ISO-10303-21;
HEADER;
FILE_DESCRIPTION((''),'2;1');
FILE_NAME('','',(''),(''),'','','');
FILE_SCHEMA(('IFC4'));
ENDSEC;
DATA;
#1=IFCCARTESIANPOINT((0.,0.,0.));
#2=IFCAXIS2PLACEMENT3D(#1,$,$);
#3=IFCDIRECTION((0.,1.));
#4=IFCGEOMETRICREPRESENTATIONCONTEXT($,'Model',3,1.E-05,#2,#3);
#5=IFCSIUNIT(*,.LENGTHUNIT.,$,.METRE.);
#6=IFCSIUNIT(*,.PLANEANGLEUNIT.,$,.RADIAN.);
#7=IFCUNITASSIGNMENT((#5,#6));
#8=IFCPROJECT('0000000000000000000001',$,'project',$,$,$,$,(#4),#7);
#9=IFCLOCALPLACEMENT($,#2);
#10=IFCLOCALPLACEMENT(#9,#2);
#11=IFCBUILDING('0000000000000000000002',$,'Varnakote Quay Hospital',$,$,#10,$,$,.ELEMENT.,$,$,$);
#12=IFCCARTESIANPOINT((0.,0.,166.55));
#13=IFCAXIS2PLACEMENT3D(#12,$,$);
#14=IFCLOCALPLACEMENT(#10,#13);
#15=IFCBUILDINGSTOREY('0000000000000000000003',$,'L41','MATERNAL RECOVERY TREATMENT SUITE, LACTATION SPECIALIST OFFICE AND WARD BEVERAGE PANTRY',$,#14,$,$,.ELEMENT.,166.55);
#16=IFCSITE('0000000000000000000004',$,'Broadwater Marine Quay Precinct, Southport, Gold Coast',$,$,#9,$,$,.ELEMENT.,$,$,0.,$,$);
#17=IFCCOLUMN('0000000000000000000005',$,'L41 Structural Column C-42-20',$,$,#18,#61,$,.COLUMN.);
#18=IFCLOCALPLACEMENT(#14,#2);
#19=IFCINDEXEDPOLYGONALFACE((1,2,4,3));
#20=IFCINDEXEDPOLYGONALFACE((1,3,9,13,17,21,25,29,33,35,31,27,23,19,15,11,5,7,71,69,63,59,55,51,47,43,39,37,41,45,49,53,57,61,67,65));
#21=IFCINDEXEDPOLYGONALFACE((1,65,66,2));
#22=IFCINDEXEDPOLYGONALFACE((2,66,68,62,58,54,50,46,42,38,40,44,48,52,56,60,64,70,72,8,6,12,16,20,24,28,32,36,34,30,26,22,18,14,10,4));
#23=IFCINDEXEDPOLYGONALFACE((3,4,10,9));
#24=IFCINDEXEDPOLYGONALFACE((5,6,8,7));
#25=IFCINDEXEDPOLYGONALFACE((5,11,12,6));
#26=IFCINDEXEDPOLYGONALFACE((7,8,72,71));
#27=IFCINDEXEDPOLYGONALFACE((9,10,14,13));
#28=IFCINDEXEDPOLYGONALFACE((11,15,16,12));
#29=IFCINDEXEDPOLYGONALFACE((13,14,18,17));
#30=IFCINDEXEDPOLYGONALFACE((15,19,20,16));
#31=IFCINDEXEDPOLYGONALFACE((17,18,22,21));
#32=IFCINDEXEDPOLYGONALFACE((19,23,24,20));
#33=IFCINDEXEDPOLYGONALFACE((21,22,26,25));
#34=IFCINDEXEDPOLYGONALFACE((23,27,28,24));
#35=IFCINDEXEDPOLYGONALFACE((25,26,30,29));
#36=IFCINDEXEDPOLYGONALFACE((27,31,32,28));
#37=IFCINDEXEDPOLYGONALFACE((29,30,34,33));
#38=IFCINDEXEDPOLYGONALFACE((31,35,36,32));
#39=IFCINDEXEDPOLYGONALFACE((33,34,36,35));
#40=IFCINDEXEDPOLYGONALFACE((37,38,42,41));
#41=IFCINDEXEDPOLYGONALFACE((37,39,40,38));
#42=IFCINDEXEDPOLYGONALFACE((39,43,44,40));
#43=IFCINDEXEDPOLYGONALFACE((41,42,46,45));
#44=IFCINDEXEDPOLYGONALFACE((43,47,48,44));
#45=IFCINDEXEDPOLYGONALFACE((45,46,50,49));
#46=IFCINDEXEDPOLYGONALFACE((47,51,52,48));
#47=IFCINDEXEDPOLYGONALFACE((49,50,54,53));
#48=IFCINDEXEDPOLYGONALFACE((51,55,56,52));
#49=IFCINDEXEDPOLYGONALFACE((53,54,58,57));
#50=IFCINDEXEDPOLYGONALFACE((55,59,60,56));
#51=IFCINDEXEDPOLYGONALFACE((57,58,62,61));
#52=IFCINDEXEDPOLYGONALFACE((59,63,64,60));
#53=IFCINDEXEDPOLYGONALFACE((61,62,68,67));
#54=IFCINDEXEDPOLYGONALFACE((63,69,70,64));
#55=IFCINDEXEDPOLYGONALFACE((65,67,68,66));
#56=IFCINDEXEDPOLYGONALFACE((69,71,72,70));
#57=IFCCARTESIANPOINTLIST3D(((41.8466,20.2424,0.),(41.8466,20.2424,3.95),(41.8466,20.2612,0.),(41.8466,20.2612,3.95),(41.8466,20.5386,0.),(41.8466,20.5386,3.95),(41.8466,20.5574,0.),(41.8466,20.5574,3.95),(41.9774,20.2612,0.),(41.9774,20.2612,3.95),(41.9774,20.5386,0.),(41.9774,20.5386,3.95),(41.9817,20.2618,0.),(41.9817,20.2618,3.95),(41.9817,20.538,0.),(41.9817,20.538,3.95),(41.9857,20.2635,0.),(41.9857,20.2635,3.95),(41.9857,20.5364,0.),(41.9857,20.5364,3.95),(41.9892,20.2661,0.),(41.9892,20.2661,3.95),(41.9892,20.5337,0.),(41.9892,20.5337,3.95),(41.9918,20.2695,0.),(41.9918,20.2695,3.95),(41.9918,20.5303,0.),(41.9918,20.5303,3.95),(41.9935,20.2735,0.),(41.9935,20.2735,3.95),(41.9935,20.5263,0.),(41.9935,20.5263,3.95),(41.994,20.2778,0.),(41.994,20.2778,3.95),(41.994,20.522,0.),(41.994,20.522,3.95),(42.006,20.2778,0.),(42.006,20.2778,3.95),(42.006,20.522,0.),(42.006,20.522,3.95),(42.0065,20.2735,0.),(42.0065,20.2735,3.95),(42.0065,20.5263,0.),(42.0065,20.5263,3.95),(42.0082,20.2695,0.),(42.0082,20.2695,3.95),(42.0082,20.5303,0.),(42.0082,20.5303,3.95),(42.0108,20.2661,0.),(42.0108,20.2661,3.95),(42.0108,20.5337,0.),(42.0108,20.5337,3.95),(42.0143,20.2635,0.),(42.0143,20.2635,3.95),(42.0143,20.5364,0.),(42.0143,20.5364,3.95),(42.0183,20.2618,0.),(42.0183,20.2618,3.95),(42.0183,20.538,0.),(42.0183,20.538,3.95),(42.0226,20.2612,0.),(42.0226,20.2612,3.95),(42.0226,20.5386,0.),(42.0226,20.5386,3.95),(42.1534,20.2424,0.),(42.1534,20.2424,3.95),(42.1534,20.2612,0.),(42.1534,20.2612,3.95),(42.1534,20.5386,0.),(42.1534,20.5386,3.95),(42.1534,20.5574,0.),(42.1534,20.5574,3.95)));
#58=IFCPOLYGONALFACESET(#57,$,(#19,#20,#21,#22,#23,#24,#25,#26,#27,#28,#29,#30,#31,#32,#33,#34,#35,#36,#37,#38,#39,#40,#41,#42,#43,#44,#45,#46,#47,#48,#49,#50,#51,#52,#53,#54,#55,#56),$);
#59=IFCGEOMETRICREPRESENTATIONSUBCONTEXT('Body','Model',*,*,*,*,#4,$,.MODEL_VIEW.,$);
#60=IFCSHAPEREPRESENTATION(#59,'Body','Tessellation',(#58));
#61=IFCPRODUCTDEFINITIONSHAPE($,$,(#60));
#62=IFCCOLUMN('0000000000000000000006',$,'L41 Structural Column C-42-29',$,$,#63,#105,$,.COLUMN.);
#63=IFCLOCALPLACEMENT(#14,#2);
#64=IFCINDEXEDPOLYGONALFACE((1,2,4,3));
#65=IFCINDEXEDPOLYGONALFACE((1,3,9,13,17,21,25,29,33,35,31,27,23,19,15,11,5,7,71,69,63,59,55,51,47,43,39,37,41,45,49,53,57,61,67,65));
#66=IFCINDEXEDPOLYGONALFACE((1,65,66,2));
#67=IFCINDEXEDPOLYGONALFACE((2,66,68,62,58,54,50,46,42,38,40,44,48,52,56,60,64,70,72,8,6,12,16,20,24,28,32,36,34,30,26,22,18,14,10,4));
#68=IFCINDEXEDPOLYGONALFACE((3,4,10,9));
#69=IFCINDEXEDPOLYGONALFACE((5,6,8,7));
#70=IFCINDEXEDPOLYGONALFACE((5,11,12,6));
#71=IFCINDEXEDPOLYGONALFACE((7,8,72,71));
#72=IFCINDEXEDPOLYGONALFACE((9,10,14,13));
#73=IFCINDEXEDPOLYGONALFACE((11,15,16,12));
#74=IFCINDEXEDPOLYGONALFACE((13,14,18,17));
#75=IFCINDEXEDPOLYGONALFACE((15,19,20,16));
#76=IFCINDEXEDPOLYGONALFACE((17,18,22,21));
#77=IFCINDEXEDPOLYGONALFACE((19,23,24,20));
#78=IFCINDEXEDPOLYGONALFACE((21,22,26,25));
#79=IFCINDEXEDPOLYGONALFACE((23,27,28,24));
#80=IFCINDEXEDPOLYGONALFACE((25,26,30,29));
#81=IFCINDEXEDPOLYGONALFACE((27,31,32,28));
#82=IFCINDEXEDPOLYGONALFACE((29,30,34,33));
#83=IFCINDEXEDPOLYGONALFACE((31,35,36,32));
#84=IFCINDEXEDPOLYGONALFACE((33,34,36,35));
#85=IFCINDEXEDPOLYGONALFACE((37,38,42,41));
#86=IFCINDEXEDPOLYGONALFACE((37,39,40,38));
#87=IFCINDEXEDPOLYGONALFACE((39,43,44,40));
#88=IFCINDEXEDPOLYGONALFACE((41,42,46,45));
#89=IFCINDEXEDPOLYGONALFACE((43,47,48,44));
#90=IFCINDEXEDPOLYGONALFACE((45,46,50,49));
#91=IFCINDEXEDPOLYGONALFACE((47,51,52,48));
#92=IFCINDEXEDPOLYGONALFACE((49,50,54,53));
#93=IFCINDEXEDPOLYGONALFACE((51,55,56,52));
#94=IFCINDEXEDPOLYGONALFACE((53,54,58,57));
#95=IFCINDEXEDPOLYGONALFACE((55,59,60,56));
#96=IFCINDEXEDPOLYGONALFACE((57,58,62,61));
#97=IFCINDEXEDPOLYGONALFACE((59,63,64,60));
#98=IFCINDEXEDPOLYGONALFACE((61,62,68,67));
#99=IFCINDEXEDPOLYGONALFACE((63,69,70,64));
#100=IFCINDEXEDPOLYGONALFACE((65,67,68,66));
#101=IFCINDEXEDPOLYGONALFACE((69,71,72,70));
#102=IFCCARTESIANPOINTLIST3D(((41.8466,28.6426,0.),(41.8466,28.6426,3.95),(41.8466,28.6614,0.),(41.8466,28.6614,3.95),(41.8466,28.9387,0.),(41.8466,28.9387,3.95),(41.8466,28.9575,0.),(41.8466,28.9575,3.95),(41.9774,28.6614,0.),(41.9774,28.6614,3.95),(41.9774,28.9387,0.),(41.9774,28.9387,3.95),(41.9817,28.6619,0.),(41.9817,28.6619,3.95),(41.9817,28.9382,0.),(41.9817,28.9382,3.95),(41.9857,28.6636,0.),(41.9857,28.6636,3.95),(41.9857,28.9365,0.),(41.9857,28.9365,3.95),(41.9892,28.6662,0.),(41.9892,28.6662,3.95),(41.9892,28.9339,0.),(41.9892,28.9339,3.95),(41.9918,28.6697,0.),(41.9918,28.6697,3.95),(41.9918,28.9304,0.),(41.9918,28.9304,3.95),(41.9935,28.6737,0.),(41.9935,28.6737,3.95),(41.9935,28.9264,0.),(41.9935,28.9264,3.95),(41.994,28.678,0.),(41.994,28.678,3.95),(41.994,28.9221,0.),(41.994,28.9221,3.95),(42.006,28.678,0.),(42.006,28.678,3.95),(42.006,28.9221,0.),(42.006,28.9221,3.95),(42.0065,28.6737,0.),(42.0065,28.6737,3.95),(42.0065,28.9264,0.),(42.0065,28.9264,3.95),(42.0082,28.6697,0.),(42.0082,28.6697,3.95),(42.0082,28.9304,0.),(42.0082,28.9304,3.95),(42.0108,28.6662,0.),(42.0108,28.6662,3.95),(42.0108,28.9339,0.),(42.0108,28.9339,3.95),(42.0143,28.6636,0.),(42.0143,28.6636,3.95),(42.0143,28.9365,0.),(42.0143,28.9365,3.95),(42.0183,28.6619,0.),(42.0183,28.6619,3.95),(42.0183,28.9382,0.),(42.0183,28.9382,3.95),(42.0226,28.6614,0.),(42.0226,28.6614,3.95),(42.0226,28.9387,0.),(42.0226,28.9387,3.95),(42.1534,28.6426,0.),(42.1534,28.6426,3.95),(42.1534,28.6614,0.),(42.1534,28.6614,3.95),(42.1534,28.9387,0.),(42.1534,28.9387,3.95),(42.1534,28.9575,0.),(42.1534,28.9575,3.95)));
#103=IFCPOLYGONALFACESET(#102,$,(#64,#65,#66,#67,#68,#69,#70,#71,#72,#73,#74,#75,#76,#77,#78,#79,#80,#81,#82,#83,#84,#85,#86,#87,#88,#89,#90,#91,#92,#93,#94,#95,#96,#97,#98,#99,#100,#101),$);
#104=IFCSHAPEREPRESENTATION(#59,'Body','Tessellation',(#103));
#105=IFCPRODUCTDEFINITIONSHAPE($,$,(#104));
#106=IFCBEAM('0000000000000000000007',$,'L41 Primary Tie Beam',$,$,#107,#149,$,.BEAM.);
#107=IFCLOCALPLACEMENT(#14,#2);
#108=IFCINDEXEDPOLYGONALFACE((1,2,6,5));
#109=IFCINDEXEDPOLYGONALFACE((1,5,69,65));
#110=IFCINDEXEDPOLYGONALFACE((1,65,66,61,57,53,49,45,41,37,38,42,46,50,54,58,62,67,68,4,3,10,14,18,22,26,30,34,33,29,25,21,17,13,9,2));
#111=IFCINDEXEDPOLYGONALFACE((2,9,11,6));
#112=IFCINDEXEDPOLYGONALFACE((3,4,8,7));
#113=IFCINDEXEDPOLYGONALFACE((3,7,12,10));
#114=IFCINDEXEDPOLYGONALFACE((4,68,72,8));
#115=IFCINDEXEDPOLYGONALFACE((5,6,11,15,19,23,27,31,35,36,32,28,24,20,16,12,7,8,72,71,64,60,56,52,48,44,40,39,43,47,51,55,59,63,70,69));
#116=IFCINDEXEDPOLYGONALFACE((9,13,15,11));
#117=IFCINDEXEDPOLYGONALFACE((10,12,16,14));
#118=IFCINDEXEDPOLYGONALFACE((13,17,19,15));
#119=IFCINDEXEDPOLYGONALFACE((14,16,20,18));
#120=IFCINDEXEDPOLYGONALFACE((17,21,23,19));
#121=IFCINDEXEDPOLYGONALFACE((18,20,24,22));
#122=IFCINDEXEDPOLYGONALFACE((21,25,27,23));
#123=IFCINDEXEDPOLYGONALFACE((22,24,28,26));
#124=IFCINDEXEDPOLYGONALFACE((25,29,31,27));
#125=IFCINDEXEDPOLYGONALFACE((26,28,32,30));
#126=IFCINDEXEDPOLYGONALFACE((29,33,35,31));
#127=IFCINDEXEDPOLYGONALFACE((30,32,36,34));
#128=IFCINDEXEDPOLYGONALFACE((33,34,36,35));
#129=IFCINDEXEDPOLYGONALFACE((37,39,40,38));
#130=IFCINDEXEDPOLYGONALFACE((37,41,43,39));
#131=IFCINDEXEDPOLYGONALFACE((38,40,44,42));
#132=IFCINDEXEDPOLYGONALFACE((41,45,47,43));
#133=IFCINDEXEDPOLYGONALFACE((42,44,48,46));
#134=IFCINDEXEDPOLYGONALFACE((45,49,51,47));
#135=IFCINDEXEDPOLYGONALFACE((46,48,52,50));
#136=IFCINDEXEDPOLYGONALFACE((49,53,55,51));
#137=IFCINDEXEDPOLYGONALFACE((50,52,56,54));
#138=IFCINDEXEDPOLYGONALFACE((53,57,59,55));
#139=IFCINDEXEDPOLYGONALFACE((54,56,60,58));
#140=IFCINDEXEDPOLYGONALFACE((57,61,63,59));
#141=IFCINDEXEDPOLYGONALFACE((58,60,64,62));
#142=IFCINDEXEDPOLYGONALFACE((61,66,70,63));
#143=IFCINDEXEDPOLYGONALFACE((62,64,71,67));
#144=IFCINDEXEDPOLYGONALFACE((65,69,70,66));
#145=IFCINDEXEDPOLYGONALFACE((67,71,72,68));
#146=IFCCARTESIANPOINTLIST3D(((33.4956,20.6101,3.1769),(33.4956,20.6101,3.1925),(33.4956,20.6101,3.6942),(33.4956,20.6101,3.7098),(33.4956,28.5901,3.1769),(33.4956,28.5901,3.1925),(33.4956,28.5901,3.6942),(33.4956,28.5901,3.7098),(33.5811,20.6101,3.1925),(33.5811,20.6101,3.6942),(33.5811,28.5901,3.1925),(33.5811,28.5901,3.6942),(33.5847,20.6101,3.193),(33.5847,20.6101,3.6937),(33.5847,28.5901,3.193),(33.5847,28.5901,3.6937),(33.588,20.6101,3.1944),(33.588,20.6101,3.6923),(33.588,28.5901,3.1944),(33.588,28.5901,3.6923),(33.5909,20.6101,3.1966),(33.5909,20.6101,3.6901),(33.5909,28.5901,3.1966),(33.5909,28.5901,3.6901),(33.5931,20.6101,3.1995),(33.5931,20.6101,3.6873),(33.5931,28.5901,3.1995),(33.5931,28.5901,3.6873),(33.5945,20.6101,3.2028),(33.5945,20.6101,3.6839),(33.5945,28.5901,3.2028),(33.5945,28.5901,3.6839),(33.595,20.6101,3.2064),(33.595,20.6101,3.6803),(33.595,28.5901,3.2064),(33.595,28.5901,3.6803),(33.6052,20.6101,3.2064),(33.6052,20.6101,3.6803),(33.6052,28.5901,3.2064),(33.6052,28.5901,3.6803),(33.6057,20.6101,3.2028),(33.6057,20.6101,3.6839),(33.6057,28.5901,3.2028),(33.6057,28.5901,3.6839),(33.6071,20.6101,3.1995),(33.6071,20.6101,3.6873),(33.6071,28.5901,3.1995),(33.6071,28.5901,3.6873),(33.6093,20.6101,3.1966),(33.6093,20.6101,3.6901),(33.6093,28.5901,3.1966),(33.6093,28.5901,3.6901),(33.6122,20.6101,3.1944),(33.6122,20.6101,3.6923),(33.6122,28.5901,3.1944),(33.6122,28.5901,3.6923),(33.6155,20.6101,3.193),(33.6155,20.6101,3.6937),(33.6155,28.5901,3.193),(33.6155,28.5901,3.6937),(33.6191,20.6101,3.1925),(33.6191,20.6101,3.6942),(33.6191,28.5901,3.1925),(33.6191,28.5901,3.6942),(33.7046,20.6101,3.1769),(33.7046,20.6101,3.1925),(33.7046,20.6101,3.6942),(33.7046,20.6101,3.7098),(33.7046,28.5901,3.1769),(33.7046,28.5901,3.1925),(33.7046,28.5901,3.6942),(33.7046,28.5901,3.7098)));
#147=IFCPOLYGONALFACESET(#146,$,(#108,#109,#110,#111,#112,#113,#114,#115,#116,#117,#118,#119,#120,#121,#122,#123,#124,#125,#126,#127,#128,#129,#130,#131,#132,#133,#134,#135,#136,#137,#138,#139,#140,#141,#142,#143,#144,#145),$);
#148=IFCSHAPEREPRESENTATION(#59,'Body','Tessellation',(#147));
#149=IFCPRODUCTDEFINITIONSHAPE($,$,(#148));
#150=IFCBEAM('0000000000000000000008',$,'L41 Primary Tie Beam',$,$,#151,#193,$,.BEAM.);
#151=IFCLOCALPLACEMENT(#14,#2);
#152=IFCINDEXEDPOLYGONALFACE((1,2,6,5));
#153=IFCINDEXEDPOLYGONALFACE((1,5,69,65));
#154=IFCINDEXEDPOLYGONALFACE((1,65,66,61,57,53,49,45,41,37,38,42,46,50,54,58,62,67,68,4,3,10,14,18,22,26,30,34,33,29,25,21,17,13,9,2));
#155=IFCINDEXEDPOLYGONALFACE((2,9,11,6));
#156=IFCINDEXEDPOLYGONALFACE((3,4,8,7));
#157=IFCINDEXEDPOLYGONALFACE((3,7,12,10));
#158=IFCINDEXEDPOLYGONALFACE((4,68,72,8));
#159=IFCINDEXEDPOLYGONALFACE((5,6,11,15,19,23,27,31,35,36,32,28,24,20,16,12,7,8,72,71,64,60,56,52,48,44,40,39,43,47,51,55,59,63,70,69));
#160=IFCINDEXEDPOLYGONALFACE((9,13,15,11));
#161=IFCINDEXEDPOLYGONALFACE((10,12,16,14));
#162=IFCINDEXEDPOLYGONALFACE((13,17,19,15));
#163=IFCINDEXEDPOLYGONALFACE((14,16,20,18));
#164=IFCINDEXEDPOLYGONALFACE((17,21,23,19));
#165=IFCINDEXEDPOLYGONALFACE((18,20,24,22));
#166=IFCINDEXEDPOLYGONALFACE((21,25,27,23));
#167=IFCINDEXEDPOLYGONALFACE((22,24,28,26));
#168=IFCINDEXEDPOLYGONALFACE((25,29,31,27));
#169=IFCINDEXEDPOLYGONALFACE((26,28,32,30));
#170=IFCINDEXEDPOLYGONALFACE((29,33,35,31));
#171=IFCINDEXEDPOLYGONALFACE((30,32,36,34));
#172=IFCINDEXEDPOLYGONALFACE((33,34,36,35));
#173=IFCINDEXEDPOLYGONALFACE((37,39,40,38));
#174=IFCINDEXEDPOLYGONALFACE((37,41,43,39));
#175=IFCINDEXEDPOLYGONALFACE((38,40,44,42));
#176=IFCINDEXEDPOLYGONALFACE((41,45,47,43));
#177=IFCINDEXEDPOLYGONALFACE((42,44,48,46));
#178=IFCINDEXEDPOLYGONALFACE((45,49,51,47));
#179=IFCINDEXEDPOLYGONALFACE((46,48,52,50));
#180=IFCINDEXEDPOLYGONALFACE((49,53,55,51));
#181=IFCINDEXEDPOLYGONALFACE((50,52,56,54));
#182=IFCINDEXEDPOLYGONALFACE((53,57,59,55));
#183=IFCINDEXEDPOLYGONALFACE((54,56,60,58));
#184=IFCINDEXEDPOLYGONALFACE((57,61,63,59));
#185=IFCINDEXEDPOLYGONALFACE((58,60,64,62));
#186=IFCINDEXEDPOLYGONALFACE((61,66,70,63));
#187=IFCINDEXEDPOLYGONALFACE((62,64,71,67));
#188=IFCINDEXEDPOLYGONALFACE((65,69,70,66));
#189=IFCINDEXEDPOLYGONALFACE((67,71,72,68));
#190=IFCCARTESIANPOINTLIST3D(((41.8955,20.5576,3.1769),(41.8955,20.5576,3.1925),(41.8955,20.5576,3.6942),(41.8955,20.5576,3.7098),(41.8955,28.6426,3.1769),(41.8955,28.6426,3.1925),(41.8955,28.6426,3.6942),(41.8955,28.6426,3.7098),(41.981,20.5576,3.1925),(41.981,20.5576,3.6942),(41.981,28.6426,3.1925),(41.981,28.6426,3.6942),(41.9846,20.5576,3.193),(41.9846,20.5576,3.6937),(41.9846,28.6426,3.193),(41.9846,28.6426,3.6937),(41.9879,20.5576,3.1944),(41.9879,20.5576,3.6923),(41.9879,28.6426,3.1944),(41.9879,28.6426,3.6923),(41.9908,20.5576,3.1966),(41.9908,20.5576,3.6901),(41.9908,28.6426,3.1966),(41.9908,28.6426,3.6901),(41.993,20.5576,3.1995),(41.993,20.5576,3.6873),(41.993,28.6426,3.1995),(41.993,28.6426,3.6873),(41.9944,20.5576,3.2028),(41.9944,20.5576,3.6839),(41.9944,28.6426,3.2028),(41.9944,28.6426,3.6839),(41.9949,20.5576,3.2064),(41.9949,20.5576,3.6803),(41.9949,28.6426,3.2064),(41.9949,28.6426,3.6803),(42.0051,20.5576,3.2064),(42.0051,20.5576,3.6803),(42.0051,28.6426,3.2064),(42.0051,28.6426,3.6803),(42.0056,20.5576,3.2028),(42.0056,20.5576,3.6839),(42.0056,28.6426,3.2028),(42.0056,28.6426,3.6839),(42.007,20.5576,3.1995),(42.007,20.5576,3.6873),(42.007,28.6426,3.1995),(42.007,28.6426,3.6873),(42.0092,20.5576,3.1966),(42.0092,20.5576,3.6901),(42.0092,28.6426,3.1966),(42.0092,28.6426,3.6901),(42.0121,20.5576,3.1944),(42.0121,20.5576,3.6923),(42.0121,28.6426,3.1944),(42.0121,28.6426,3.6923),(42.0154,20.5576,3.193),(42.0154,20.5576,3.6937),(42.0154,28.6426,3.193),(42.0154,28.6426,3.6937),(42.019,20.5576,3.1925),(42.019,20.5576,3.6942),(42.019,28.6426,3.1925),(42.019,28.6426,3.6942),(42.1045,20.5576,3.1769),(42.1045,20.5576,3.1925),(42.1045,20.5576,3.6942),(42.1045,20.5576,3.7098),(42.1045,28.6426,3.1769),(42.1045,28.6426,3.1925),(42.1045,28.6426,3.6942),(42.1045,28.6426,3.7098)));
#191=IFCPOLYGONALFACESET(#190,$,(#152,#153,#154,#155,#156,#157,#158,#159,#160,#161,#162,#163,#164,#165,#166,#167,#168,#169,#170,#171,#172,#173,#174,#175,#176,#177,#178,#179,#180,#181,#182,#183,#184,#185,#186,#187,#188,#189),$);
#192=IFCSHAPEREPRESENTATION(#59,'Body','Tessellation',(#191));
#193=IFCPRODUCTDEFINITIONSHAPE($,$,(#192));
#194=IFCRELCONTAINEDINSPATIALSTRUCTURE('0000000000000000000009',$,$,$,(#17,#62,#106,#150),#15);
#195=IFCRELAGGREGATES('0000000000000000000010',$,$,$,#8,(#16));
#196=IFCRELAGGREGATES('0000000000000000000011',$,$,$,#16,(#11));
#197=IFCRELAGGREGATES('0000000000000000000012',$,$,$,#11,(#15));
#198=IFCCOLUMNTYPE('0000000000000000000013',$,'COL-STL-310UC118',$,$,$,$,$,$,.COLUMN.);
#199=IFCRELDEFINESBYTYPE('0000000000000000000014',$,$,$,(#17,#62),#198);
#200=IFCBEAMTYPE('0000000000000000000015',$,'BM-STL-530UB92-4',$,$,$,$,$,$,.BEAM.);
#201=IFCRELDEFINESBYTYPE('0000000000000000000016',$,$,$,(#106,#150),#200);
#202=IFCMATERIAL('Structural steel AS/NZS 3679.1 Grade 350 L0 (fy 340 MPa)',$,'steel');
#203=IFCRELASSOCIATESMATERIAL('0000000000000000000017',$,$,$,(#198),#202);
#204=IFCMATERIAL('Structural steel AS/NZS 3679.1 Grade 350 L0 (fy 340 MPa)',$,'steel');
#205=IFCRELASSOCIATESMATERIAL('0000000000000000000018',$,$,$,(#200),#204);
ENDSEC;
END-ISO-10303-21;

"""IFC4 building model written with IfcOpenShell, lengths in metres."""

from ifc_helpers import new_model, si_unit, direction, frame, origin, origin_2d, place, context, subcontext, project, spatial, i_section, extrude, material, material_profile, profile_set, type_object, element, save


model = new_model("IFC4")

# Units and contexts
model_context = context("Model", 3, precision=1e-05, world=origin(), true_north=direction((0.0, 1.0)))
body_context = subcontext(model_context, "Body", "Model", "MODEL_VIEW")
ifc_project = project(units=[si_unit("LENGTHUNIT", "METRE"), si_unit("PLANEANGLEUNIT", "RADIAN")], contexts=[model_context])

# Site, building, storey
site_placement = place(None, origin())
site = spatial("IfcSite", under=ifc_project, at=site_placement, Name="Broadwater Marine Quay Precinct, Southport, Gold Coast", CompositionType="ELEMENT", RefElevation=0.0)
building_placement = place(site_placement, origin())
building = spatial("IfcBuilding", under=site, at=building_placement, Name="Varnakote Quay Hospital", CompositionType="ELEMENT")
storey_placement = place(building_placement, frame((0.0, 0.0, 166.55)))
storey = spatial("IfcBuildingStorey", under=building, at=storey_placement, Name="L41", Description="MATERNAL RECOVERY TREATMENT SUITE, LACTATION SPECIALIST OFFICE AND WARD BEVERAGE PANTRY", CompositionType="ELEMENT", Elevation=166.55)

# Columns
ifc_material_1 = material(Name="Structural steel AS/NZS 3679.1 Grade 350 L0 (fy 340 MPa)", Category="steel")
ifc_material_profile_1 = material_profile(ifc_material_1, i_section(OverallWidth=0.3069, OverallDepth=0.3149, WebThickness=0.012, FlangeThickness=0.0188, FilletRadius=0.0166, at=origin_2d()), Name="310UC118")
ifc_profile_set_1 = profile_set([ifc_material_profile_1], Name="Structural steel AS/NZS 3679.1 Grade 350 L0 (fy 340 MPa)")
column_type = type_object("IfcColumnType", Name="COL-STL-310UC118", PredefinedType="COLUMN", material=ifc_profile_set_1)
for number, where, z_axis, x_axis, name in (
    (1, (42.0, 20.3999, 0.0), (0.0, 0.0, 1.0), (1.0, 0.0, 0.0), "L41 Structural Column C-42-20"),
    (2, (42.0, 28.8, 0.0), (0.0, 0.0, 1.0), (1.0, 0.0, 0.0), "L41 Structural Column C-42-29"),
):
    element("IfcColumn", number, at=place(storey_placement, frame(where, z_axis=z_axis, x_axis=x_axis)), inside=storey, type_object=column_type, Name=name, PredefinedType="COLUMN", context=body_context, shape_type="SweptSolid", body=[
        extrude(i_section(OverallWidth=0.3069, OverallDepth=0.3149, WebThickness=0.012, FlangeThickness=0.0188, FilletRadius=0.0166, at=origin_2d()), origin(), (0.0, 0.0, 1.0), 3.95),
    ])

# Beams
ifc_material_2 = material(Name="Structural steel AS/NZS 3679.1 Grade 350 L0 (fy 340 MPa)", Category="steel")
ifc_material_profile_2 = material_profile(ifc_material_2, i_section(OverallWidth=0.209, OverallDepth=0.533, WebThickness=0.0103, FlangeThickness=0.0156, FilletRadius=0.0139, at=origin_2d()), Name="530UB92.4")
ifc_profile_set_2 = profile_set([ifc_material_profile_2], Name="Structural steel AS/NZS 3679.1 Grade 350 L0 (fy 340 MPa)")
beam_type_1 = type_object("IfcBeamType", Name="BM-STL-530UB92-4", PredefinedType="BEAM", material=ifc_profile_set_2)
beam_1_placement = place(storey_placement, frame((33.6001, 20.6101, 3.4434), z_axis=(0.0, 1.0, 0.0), x_axis=(-1.0, 0.0, 0.0)))
element("IfcBeam", 3, at=beam_1_placement, inside=storey, type_object=beam_type_1, Name="L41 Primary Tie Beam", PredefinedType="BEAM", context=body_context, shape_type="SweptSolid", body=[
    extrude(i_section(OverallWidth=0.209, OverallDepth=0.533, WebThickness=0.0103, FlangeThickness=0.0156, FilletRadius=0.0139, at=origin_2d()), origin(), (0.0, 0.0, 1.0), 7.98),
])
beam_2_placement = place(storey_placement, frame((42.0, 20.5576, 3.4434), z_axis=(0.0, 1.0, 0.0), x_axis=(-1.0, 0.0, 0.0)))
element("IfcBeam", 4, at=beam_2_placement, inside=storey, type_object=beam_type_1, Name="L41 Primary Tie Beam", PredefinedType="BEAM", context=body_context, shape_type="SweptSolid", body=[
    extrude(i_section(OverallWidth=0.209, OverallDepth=0.533, WebThickness=0.0103, FlangeThickness=0.0156, FilletRadius=0.0139, at=origin_2d()), origin(), (0.0, 0.0, 1.0), 8.085),
])

save(model, "model.ifc")
